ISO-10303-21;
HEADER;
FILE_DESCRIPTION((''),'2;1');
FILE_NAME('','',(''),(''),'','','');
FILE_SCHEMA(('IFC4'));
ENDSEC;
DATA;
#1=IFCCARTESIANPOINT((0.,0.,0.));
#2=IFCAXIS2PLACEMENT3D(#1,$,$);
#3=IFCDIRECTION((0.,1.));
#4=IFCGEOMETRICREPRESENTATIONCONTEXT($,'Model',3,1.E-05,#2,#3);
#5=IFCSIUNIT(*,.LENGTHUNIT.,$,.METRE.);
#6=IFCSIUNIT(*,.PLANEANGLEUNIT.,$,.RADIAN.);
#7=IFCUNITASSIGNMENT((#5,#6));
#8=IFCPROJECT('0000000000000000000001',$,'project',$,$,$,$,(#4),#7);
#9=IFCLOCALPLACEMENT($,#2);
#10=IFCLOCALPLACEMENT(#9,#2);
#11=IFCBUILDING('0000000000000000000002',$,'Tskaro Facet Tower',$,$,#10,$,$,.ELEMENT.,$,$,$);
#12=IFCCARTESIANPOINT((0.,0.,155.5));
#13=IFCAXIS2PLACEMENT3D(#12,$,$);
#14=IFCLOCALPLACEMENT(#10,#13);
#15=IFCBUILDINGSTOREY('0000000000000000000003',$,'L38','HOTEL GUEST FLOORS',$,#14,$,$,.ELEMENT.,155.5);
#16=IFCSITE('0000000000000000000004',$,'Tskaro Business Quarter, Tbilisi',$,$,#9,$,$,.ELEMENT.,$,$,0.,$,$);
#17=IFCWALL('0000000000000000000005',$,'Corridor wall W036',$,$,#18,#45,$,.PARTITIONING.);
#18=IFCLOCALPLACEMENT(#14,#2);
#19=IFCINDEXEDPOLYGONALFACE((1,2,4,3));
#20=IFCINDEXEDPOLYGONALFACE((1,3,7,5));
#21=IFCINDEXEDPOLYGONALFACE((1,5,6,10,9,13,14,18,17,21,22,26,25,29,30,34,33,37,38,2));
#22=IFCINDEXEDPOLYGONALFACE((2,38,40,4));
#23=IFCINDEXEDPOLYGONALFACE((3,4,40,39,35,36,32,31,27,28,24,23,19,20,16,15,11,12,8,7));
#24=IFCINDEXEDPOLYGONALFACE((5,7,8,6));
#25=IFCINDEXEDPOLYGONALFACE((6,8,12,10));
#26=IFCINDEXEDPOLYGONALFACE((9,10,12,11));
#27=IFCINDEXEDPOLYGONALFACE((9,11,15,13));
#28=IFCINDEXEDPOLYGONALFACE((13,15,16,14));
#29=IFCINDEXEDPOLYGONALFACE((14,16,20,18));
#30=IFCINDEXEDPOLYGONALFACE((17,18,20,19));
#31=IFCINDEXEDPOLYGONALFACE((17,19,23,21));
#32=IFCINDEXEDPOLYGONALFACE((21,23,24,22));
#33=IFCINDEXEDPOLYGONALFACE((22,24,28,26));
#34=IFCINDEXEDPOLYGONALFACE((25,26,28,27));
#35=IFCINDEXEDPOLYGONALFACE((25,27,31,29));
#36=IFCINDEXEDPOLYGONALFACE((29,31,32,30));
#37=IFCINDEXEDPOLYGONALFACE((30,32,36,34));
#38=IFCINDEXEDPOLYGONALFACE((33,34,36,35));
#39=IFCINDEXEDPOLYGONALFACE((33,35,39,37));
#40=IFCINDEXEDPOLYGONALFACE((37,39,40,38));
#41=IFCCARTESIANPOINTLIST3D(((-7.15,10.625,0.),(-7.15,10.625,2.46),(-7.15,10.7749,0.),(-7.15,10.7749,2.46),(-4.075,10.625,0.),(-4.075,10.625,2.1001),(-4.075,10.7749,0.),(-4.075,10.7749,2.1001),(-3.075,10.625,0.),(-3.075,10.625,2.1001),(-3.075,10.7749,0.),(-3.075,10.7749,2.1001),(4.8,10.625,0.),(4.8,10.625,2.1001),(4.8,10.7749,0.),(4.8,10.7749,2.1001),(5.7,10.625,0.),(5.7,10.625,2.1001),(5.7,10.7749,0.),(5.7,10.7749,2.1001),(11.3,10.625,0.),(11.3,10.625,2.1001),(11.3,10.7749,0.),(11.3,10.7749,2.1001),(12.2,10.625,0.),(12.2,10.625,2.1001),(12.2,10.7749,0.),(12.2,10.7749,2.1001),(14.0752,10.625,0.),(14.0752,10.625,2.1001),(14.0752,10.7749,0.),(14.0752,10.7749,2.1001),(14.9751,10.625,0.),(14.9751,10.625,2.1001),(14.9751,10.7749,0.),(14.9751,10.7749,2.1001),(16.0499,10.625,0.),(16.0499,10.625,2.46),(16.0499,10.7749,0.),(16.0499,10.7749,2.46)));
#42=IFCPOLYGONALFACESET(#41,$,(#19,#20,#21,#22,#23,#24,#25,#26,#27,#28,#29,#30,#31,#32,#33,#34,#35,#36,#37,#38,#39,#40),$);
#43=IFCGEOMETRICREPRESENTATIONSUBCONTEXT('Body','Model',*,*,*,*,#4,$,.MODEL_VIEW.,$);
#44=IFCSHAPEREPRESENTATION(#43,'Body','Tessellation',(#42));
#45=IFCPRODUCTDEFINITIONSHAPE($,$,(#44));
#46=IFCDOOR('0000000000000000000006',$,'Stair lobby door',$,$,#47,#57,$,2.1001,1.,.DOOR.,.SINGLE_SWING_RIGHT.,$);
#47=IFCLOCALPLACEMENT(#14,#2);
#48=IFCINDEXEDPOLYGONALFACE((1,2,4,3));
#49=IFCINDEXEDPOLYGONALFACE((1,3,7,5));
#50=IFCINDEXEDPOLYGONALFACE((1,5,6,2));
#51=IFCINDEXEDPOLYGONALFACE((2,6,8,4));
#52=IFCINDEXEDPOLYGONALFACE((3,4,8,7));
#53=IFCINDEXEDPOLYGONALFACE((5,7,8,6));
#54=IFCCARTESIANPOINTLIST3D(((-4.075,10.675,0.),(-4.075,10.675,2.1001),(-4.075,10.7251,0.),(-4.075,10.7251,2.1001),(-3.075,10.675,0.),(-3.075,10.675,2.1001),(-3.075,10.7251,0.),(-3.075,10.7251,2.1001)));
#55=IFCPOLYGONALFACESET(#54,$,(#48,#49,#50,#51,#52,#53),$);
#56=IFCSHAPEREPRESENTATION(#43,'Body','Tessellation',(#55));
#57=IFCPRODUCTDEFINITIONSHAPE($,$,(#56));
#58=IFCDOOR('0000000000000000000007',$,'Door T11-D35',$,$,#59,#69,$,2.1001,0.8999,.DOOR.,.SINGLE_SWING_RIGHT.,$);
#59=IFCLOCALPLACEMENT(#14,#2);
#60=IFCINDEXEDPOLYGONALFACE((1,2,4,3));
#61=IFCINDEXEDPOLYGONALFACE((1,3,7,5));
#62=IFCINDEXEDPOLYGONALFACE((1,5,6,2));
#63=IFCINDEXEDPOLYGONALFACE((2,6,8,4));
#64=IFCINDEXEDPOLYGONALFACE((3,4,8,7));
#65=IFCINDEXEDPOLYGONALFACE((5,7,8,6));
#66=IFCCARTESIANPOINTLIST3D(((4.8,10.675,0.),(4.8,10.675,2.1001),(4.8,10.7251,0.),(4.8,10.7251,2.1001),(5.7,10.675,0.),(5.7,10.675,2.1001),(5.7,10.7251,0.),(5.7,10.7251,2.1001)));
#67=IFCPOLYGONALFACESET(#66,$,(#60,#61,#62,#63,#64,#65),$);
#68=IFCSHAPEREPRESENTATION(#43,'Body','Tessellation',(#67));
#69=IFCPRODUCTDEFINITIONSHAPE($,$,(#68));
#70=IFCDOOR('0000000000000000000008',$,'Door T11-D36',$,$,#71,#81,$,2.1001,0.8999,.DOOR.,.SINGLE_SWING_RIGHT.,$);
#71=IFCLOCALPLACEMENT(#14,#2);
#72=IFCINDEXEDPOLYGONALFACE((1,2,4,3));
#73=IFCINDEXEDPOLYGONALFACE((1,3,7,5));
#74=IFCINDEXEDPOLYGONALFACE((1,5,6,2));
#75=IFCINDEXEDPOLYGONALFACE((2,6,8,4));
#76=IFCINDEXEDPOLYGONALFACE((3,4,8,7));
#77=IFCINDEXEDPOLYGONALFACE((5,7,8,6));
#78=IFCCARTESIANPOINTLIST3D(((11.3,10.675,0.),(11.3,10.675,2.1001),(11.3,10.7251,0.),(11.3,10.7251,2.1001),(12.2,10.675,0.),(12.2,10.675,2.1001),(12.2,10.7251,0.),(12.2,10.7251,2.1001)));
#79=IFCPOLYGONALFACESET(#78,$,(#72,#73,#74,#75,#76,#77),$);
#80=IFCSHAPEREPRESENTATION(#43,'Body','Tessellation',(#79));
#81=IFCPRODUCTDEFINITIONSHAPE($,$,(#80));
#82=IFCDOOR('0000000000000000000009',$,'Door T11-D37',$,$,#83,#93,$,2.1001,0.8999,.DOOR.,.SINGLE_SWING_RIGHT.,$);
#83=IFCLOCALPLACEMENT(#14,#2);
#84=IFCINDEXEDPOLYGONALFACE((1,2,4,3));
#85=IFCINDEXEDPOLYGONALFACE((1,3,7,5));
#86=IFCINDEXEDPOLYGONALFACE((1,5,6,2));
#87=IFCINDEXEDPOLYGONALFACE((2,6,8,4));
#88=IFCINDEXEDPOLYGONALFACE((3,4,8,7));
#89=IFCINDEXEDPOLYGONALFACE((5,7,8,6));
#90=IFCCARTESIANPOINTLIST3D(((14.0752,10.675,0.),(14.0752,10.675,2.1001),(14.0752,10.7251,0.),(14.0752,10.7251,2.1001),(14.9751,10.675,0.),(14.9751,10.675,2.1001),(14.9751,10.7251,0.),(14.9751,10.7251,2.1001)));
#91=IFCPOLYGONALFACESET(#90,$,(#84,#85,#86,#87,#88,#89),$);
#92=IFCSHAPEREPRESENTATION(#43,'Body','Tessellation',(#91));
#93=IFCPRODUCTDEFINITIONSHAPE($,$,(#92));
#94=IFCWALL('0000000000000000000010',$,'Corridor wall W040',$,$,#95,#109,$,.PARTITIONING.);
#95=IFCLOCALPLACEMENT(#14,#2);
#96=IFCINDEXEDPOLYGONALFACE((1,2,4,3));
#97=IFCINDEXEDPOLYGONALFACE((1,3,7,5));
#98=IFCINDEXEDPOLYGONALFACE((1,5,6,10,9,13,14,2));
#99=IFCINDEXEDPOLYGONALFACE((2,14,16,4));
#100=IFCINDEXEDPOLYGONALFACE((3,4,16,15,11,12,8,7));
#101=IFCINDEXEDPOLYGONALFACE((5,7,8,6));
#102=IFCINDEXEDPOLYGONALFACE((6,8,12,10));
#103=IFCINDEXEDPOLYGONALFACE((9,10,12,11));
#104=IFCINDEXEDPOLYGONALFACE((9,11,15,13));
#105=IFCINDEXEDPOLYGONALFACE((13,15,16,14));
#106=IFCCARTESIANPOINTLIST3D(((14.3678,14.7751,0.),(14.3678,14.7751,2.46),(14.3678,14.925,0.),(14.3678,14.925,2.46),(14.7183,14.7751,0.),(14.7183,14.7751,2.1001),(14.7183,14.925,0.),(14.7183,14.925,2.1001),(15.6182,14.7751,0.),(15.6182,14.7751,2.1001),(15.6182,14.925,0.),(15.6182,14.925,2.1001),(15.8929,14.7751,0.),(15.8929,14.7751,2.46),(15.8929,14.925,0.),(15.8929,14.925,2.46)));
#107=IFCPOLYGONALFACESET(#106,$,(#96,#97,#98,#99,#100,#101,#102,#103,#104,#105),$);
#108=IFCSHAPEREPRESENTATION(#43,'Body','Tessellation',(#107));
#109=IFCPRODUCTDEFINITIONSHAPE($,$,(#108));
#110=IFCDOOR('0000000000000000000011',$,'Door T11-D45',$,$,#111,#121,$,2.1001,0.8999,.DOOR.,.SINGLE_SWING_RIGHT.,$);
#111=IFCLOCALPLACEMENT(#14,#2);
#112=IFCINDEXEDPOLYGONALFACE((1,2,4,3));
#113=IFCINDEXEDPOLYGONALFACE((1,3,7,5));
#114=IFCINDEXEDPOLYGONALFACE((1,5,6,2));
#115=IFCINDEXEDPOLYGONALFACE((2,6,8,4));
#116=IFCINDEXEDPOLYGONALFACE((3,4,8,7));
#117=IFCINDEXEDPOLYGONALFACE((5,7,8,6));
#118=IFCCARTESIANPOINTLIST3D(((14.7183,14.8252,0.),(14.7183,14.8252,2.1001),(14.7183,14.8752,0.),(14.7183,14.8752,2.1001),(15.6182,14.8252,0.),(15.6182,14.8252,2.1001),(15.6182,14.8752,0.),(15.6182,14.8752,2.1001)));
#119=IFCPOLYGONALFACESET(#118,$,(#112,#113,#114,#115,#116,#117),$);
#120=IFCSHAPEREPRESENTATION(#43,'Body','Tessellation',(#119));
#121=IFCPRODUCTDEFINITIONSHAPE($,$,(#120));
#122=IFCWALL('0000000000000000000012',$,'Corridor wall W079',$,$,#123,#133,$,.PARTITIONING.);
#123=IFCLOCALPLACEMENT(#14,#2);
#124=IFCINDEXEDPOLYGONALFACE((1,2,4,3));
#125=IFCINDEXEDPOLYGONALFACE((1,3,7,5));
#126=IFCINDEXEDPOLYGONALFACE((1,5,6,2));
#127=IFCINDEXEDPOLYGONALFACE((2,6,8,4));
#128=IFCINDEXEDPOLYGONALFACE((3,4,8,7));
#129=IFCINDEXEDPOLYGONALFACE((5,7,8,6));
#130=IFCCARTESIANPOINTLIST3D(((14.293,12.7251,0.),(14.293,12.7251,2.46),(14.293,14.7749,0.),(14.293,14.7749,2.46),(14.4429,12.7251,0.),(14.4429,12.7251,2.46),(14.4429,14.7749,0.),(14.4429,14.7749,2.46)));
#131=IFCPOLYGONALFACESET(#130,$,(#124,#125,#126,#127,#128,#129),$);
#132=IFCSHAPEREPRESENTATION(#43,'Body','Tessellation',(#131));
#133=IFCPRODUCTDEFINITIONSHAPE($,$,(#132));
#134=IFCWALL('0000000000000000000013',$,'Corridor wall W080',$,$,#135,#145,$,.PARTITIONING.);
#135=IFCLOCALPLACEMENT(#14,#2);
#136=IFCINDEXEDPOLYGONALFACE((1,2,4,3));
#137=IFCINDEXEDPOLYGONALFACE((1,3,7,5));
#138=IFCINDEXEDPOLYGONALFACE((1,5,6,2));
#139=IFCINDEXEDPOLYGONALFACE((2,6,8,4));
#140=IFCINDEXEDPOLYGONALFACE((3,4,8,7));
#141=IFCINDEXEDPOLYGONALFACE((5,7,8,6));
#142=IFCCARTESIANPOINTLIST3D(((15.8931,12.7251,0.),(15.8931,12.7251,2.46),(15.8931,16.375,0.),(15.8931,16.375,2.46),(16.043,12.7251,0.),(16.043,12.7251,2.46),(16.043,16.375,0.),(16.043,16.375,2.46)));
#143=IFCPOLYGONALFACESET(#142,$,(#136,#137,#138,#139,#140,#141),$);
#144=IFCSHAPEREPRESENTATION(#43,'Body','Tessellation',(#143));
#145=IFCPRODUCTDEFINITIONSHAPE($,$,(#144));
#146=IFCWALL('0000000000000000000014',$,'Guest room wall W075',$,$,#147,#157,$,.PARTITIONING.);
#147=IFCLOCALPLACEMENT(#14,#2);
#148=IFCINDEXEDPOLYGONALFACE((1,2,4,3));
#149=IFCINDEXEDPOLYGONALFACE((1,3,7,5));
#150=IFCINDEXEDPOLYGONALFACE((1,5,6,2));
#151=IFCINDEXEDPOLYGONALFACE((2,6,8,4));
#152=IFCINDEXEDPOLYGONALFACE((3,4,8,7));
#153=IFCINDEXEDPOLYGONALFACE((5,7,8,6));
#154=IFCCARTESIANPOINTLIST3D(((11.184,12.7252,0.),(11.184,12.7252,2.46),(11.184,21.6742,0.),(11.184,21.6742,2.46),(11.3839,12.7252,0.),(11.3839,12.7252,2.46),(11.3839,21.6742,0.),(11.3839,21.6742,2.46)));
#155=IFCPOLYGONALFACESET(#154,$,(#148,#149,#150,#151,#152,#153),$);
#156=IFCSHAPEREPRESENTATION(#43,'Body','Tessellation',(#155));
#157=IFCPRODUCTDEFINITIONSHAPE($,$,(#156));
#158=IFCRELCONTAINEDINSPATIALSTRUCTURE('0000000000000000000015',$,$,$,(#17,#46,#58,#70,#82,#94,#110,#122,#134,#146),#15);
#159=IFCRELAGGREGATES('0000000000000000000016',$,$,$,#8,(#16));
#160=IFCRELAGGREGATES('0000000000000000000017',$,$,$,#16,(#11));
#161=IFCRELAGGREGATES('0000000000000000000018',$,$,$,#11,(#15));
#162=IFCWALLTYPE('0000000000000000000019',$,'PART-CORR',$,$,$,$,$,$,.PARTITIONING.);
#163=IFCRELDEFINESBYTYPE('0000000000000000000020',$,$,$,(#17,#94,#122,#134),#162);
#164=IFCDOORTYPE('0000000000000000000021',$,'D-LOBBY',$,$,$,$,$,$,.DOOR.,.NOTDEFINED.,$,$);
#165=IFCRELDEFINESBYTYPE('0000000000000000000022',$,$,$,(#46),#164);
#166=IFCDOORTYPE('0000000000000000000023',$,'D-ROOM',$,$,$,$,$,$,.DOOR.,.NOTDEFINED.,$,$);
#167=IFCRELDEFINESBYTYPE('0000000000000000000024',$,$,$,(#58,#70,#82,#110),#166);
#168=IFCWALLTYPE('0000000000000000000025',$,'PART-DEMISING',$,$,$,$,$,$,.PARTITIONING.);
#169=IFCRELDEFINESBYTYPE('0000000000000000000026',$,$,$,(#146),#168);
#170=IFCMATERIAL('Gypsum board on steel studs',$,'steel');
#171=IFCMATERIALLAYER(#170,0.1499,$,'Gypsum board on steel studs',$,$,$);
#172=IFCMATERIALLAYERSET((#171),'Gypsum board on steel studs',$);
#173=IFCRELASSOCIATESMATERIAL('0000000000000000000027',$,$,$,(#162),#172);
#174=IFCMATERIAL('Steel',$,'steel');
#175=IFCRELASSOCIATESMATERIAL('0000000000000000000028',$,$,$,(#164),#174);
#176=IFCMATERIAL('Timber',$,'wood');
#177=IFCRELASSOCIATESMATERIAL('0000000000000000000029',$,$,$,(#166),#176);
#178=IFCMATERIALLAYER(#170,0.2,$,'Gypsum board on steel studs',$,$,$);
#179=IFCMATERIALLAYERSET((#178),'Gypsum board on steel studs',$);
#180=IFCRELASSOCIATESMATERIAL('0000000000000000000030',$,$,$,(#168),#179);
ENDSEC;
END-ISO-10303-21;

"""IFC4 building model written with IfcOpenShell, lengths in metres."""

from ifc_helpers import new_model, si_unit, direction, frame, frame_2d, origin, place, context, subcontext, project, spatial, rectangle, extrude, material, layer, layer_set, type_object, element, fill, save


model = new_model("IFC4")

# Units and contexts
model_context = context("Model", 3, precision=1e-05, world=origin(), true_north=direction((0.0, 1.0)))
body_context = subcontext(model_context, "Body", "Model", "MODEL_VIEW")
ifc_project = project(units=[si_unit("LENGTHUNIT", "METRE"), si_unit("PLANEANGLEUNIT", "RADIAN")], contexts=[model_context])

# Site, building, storey
site_placement = place(None, origin())
site = spatial("IfcSite", under=ifc_project, at=site_placement, Name="Tskaro Business Quarter, Tbilisi", CompositionType="ELEMENT", RefElevation=0.0)
building_placement = place(site_placement, origin())
building = spatial("IfcBuilding", under=site, at=building_placement, Name="Tskaro Facet Tower", CompositionType="ELEMENT")
storey_placement = place(building_placement, frame((0.0, 0.0, 155.5)))
storey = spatial("IfcBuildingStorey", under=building, at=storey_placement, Name="L38", Description="HOTEL GUEST FLOORS", CompositionType="ELEMENT", Elevation=155.5)

# Wall, openings, doors
ifc_material_1 = material(Name="Gypsum board on steel studs", Category="steel")
ifc_layer_1 = layer(ifc_material_1, 0.1499, Name="Gypsum board on steel studs")
ifc_layer_set_1 = layer_set([ifc_layer_1], Name="Gypsum board on steel studs")
wall_type_1 = type_object("IfcWallType", Name="PART-CORR", PredefinedType="PARTITIONING", material=ifc_layer_set_1)
wall_1_placement = place(storey_placement, frame((16.05, 10.7, 0.0), z_axis=(0.0, 0.0, 1.0), x_axis=(-1.0, 0.0, 0.0)))
wall_1 = element("IfcWall", 1, at=wall_1_placement, inside=storey, type_object=wall_type_1, Name="Corridor wall W036", PredefinedType="PARTITIONING", context=body_context, shape_type="SweptSolid", body=[
    extrude(rectangle(XDim=23.2, YDim=0.1499, at=frame_2d((11.6001, 0.0))), origin(), (0.0, 0.0, 1.0), 2.46),
])
opening_1_placement = place(wall_1_placement, frame((19.125, 0.0, 0.0)))
opening_1 = element("IfcOpeningElement", 2, at=opening_1_placement, cuts=wall_1, PredefinedType="OPENING", context=body_context, shape_type="SweptSolid", body=[
    extrude(rectangle(XDim=1.0, YDim=2.1001, at=frame_2d((0.5, 1.05))), frame((0.0, 0.085, 0.0), z_axis=(0.0, -1.0, 0.0), x_axis=(1.0, 0.0, 0.0)), (0.0, 0.0, 1.0), 0.1699),
])
opening_2_placement = place(wall_1_placement, frame((10.3501, 0.0, 0.0)))
opening_2 = element("IfcOpeningElement", 3, at=opening_2_placement, cuts=wall_1, PredefinedType="OPENING", context=body_context, shape_type="SweptSolid", body=[
    extrude(rectangle(XDim=0.8999, YDim=2.1001, at=frame_2d((0.45, 1.05))), frame((0.0, 0.085, 0.0), z_axis=(0.0, -1.0, 0.0), x_axis=(1.0, 0.0, 0.0)), (0.0, 0.0, 1.0), 0.1699),
])
opening_3_placement = place(wall_1_placement, frame((3.8501, 0.0, 0.0)))
opening_3 = element("IfcOpeningElement", 4, at=opening_3_placement, cuts=wall_1, PredefinedType="OPENING", context=body_context, shape_type="SweptSolid", body=[
    extrude(rectangle(XDim=0.8999, YDim=2.1001, at=frame_2d((0.45, 1.05))), frame((0.0, 0.085, 0.0), z_axis=(0.0, -1.0, 0.0), x_axis=(1.0, 0.0, 0.0)), (0.0, 0.0, 1.0), 0.1699),
])
opening_4_placement = place(wall_1_placement, frame((1.075, 0.0, 0.0)))
opening_4 = element("IfcOpeningElement", 5, at=opening_4_placement, cuts=wall_1, PredefinedType="OPENING", context=body_context, shape_type="SweptSolid", body=[
    extrude(rectangle(XDim=0.8999, YDim=2.1001, at=frame_2d((0.45, 1.05))), frame((0.0, 0.085, 0.0), z_axis=(0.0, -1.0, 0.0), x_axis=(1.0, 0.0, 0.0)), (0.0, 0.0, 1.0), 0.1699),
])
ifc_material_2 = material(Name="Steel", Category="steel")
door_type_1 = type_object("IfcDoorType", Name="D-LOBBY", OperationType="NOTDEFINED", PredefinedType="DOOR", material=ifc_material_2)
door_1_placement = place(opening_1_placement, origin())
door_1 = element("IfcDoor", 6, at=door_1_placement, inside=storey, type_object=door_type_1, Name="Stair lobby door", OperationType="SINGLE_SWING_RIGHT", OverallHeight=2.1001, OverallWidth=1.0, PredefinedType="DOOR", context=body_context, shape_type="SweptSolid", body=[
    extrude(rectangle(XDim=1.0, YDim=2.1001, at=frame_2d((0.5, 1.05))), frame((0.0, 0.0249, 0.0), z_axis=(0.0, -1.0, 0.0), x_axis=(1.0, 0.0, 0.0)), (0.0, 0.0, 1.0), 0.05),
])
fill(opening_1, door_1)
ifc_material_3 = material(Name="Timber", Category="wood")
door_type_2 = type_object("IfcDoorType", Name="D-ROOM", OperationType="NOTDEFINED", PredefinedType="DOOR", material=ifc_material_3)
door_2_placement = place(opening_2_placement, origin())
door_2 = element("IfcDoor", 7, at=door_2_placement, inside=storey, type_object=door_type_2, Name="Door T11-D35", OperationType="SINGLE_SWING_RIGHT", OverallHeight=2.1001, OverallWidth=0.8999, PredefinedType="DOOR", context=body_context, shape_type="SweptSolid", body=[
    extrude(rectangle(XDim=0.8999, YDim=2.1001, at=frame_2d((0.45, 1.05))), frame((0.0, 0.0249, 0.0), z_axis=(0.0, -1.0, 0.0), x_axis=(1.0, 0.0, 0.0)), (0.0, 0.0, 1.0), 0.05),
])
fill(opening_2, door_2)
door_3_placement = place(opening_3_placement, origin())
door_3 = element("IfcDoor", 8, at=door_3_placement, inside=storey, type_object=door_type_2, Name="Door T11-D36", OperationType="SINGLE_SWING_RIGHT", OverallHeight=2.1001, OverallWidth=0.8999, PredefinedType="DOOR", context=body_context, shape_type="SweptSolid", body=[
    extrude(rectangle(XDim=0.8999, YDim=2.1001, at=frame_2d((0.45, 1.05))), frame((0.0, 0.0249, 0.0), z_axis=(0.0, -1.0, 0.0), x_axis=(1.0, 0.0, 0.0)), (0.0, 0.0, 1.0), 0.05),
])
fill(opening_3, door_3)
door_4_placement = place(opening_4_placement, origin())
door_4 = element("IfcDoor", 9, at=door_4_placement, inside=storey, type_object=door_type_2, Name="Door T11-D37", OperationType="SINGLE_SWING_RIGHT", OverallHeight=2.1001, OverallWidth=0.8999, PredefinedType="DOOR", context=body_context, shape_type="SweptSolid", body=[
    extrude(rectangle(XDim=0.8999, YDim=2.1001, at=frame_2d((0.45, 1.05))), frame((0.0, 0.0249, 0.0), z_axis=(0.0, -1.0, 0.0), x_axis=(1.0, 0.0, 0.0)), (0.0, 0.0, 1.0), 0.05),
])
fill(opening_4, door_4)

# Wall, opening, door
wall_2_placement = place(storey_placement, frame((15.8931, 14.8501, 0.0), z_axis=(0.0, 0.0, 1.0), x_axis=(-1.0, 0.0, 0.0)))
wall_2 = element("IfcWall", 10, at=wall_2_placement, inside=storey, type_object=wall_type_1, Name="Corridor wall W040", PredefinedType="PARTITIONING", context=body_context, shape_type="SweptSolid", body=[
    extrude(rectangle(XDim=1.5251, YDim=0.1499, at=frame_2d((0.7627, 0.0))), origin(), (0.0, 0.0, 1.0), 2.46),
])
opening_5_placement = place(wall_2_placement, frame((0.2749, 0.0, 0.0)))
opening_5 = element("IfcOpeningElement", 11, at=opening_5_placement, cuts=wall_2, PredefinedType="OPENING", context=body_context, shape_type="SweptSolid", body=[
    extrude(rectangle(XDim=0.8999, YDim=2.1001, at=frame_2d((0.45, 1.05))), frame((0.0, 0.085, 0.0), z_axis=(0.0, -1.0, 0.0), x_axis=(1.0, 0.0, 0.0)), (0.0, 0.0, 1.0), 0.1699),
])
door_5_placement = place(opening_5_placement, origin())
door_5 = element("IfcDoor", 12, at=door_5_placement, inside=storey, type_object=door_type_2, Name="Door T11-D45", OperationType="SINGLE_SWING_RIGHT", OverallHeight=2.1001, OverallWidth=0.8999, PredefinedType="DOOR", context=body_context, shape_type="SweptSolid", body=[
    extrude(rectangle(XDim=0.8999, YDim=2.1001, at=frame_2d((0.45, 1.05))), frame((0.0, 0.0249, 0.0), z_axis=(0.0, -1.0, 0.0), x_axis=(1.0, 0.0, 0.0)), (0.0, 0.0, 1.0), 0.05),
])
fill(opening_5, door_5)

# Walls
wall_3_placement = place(storey_placement, frame((14.3679, 12.7251, 0.0), z_axis=(0.0, 0.0, 1.0), x_axis=(0.0, 1.0, 0.0)))
element("IfcWall", 13, at=wall_3_placement, inside=storey, type_object=wall_type_1, Name="Corridor wall W079", PredefinedType="PARTITIONING", context=body_context, shape_type="SweptSolid", body=[
    extrude(rectangle(XDim=2.0498, YDim=0.1499, at=frame_2d((1.0249, 0.0))), origin(), (0.0, 0.0, 1.0), 2.46),
])
wall_4_placement = place(storey_placement, frame((15.968, 12.7251, 0.0), z_axis=(0.0, 0.0, 1.0), x_axis=(0.0, 1.0, 0.0)))
element("IfcWall", 14, at=wall_4_placement, inside=storey, type_object=wall_type_1, Name="Corridor wall W080", PredefinedType="PARTITIONING", context=body_context, shape_type="SweptSolid", body=[
    extrude(rectangle(XDim=3.6499, YDim=0.1499, at=frame_2d((1.825, 0.0))), origin(), (0.0, 0.0, 1.0), 2.46),
])
ifc_layer_2 = layer(ifc_material_1, 0.2, Name="Gypsum board on steel studs")
ifc_layer_set_2 = layer_set([ifc_layer_2], Name="Gypsum board on steel studs")
wall_type_2 = type_object("IfcWallType", Name="PART-DEMISING", PredefinedType="PARTITIONING", material=ifc_layer_set_2)
wall_5_placement = place(storey_placement, frame((11.2839, 12.7251, 0.0), z_axis=(0.0, 0.0, 1.0), x_axis=(0.0, 1.0, 0.0)))
element("IfcWall", 15, at=wall_5_placement, inside=storey, type_object=wall_type_2, Name="Guest room wall W075", PredefinedType="PARTITIONING", context=body_context, shape_type="SweptSolid", body=[
    extrude(rectangle(XDim=8.949, YDim=0.2, at=frame_2d((4.4746, 0.0))), origin(), (0.0, 0.0, 1.0), 2.46),
])

save(model, "model.ifc")
